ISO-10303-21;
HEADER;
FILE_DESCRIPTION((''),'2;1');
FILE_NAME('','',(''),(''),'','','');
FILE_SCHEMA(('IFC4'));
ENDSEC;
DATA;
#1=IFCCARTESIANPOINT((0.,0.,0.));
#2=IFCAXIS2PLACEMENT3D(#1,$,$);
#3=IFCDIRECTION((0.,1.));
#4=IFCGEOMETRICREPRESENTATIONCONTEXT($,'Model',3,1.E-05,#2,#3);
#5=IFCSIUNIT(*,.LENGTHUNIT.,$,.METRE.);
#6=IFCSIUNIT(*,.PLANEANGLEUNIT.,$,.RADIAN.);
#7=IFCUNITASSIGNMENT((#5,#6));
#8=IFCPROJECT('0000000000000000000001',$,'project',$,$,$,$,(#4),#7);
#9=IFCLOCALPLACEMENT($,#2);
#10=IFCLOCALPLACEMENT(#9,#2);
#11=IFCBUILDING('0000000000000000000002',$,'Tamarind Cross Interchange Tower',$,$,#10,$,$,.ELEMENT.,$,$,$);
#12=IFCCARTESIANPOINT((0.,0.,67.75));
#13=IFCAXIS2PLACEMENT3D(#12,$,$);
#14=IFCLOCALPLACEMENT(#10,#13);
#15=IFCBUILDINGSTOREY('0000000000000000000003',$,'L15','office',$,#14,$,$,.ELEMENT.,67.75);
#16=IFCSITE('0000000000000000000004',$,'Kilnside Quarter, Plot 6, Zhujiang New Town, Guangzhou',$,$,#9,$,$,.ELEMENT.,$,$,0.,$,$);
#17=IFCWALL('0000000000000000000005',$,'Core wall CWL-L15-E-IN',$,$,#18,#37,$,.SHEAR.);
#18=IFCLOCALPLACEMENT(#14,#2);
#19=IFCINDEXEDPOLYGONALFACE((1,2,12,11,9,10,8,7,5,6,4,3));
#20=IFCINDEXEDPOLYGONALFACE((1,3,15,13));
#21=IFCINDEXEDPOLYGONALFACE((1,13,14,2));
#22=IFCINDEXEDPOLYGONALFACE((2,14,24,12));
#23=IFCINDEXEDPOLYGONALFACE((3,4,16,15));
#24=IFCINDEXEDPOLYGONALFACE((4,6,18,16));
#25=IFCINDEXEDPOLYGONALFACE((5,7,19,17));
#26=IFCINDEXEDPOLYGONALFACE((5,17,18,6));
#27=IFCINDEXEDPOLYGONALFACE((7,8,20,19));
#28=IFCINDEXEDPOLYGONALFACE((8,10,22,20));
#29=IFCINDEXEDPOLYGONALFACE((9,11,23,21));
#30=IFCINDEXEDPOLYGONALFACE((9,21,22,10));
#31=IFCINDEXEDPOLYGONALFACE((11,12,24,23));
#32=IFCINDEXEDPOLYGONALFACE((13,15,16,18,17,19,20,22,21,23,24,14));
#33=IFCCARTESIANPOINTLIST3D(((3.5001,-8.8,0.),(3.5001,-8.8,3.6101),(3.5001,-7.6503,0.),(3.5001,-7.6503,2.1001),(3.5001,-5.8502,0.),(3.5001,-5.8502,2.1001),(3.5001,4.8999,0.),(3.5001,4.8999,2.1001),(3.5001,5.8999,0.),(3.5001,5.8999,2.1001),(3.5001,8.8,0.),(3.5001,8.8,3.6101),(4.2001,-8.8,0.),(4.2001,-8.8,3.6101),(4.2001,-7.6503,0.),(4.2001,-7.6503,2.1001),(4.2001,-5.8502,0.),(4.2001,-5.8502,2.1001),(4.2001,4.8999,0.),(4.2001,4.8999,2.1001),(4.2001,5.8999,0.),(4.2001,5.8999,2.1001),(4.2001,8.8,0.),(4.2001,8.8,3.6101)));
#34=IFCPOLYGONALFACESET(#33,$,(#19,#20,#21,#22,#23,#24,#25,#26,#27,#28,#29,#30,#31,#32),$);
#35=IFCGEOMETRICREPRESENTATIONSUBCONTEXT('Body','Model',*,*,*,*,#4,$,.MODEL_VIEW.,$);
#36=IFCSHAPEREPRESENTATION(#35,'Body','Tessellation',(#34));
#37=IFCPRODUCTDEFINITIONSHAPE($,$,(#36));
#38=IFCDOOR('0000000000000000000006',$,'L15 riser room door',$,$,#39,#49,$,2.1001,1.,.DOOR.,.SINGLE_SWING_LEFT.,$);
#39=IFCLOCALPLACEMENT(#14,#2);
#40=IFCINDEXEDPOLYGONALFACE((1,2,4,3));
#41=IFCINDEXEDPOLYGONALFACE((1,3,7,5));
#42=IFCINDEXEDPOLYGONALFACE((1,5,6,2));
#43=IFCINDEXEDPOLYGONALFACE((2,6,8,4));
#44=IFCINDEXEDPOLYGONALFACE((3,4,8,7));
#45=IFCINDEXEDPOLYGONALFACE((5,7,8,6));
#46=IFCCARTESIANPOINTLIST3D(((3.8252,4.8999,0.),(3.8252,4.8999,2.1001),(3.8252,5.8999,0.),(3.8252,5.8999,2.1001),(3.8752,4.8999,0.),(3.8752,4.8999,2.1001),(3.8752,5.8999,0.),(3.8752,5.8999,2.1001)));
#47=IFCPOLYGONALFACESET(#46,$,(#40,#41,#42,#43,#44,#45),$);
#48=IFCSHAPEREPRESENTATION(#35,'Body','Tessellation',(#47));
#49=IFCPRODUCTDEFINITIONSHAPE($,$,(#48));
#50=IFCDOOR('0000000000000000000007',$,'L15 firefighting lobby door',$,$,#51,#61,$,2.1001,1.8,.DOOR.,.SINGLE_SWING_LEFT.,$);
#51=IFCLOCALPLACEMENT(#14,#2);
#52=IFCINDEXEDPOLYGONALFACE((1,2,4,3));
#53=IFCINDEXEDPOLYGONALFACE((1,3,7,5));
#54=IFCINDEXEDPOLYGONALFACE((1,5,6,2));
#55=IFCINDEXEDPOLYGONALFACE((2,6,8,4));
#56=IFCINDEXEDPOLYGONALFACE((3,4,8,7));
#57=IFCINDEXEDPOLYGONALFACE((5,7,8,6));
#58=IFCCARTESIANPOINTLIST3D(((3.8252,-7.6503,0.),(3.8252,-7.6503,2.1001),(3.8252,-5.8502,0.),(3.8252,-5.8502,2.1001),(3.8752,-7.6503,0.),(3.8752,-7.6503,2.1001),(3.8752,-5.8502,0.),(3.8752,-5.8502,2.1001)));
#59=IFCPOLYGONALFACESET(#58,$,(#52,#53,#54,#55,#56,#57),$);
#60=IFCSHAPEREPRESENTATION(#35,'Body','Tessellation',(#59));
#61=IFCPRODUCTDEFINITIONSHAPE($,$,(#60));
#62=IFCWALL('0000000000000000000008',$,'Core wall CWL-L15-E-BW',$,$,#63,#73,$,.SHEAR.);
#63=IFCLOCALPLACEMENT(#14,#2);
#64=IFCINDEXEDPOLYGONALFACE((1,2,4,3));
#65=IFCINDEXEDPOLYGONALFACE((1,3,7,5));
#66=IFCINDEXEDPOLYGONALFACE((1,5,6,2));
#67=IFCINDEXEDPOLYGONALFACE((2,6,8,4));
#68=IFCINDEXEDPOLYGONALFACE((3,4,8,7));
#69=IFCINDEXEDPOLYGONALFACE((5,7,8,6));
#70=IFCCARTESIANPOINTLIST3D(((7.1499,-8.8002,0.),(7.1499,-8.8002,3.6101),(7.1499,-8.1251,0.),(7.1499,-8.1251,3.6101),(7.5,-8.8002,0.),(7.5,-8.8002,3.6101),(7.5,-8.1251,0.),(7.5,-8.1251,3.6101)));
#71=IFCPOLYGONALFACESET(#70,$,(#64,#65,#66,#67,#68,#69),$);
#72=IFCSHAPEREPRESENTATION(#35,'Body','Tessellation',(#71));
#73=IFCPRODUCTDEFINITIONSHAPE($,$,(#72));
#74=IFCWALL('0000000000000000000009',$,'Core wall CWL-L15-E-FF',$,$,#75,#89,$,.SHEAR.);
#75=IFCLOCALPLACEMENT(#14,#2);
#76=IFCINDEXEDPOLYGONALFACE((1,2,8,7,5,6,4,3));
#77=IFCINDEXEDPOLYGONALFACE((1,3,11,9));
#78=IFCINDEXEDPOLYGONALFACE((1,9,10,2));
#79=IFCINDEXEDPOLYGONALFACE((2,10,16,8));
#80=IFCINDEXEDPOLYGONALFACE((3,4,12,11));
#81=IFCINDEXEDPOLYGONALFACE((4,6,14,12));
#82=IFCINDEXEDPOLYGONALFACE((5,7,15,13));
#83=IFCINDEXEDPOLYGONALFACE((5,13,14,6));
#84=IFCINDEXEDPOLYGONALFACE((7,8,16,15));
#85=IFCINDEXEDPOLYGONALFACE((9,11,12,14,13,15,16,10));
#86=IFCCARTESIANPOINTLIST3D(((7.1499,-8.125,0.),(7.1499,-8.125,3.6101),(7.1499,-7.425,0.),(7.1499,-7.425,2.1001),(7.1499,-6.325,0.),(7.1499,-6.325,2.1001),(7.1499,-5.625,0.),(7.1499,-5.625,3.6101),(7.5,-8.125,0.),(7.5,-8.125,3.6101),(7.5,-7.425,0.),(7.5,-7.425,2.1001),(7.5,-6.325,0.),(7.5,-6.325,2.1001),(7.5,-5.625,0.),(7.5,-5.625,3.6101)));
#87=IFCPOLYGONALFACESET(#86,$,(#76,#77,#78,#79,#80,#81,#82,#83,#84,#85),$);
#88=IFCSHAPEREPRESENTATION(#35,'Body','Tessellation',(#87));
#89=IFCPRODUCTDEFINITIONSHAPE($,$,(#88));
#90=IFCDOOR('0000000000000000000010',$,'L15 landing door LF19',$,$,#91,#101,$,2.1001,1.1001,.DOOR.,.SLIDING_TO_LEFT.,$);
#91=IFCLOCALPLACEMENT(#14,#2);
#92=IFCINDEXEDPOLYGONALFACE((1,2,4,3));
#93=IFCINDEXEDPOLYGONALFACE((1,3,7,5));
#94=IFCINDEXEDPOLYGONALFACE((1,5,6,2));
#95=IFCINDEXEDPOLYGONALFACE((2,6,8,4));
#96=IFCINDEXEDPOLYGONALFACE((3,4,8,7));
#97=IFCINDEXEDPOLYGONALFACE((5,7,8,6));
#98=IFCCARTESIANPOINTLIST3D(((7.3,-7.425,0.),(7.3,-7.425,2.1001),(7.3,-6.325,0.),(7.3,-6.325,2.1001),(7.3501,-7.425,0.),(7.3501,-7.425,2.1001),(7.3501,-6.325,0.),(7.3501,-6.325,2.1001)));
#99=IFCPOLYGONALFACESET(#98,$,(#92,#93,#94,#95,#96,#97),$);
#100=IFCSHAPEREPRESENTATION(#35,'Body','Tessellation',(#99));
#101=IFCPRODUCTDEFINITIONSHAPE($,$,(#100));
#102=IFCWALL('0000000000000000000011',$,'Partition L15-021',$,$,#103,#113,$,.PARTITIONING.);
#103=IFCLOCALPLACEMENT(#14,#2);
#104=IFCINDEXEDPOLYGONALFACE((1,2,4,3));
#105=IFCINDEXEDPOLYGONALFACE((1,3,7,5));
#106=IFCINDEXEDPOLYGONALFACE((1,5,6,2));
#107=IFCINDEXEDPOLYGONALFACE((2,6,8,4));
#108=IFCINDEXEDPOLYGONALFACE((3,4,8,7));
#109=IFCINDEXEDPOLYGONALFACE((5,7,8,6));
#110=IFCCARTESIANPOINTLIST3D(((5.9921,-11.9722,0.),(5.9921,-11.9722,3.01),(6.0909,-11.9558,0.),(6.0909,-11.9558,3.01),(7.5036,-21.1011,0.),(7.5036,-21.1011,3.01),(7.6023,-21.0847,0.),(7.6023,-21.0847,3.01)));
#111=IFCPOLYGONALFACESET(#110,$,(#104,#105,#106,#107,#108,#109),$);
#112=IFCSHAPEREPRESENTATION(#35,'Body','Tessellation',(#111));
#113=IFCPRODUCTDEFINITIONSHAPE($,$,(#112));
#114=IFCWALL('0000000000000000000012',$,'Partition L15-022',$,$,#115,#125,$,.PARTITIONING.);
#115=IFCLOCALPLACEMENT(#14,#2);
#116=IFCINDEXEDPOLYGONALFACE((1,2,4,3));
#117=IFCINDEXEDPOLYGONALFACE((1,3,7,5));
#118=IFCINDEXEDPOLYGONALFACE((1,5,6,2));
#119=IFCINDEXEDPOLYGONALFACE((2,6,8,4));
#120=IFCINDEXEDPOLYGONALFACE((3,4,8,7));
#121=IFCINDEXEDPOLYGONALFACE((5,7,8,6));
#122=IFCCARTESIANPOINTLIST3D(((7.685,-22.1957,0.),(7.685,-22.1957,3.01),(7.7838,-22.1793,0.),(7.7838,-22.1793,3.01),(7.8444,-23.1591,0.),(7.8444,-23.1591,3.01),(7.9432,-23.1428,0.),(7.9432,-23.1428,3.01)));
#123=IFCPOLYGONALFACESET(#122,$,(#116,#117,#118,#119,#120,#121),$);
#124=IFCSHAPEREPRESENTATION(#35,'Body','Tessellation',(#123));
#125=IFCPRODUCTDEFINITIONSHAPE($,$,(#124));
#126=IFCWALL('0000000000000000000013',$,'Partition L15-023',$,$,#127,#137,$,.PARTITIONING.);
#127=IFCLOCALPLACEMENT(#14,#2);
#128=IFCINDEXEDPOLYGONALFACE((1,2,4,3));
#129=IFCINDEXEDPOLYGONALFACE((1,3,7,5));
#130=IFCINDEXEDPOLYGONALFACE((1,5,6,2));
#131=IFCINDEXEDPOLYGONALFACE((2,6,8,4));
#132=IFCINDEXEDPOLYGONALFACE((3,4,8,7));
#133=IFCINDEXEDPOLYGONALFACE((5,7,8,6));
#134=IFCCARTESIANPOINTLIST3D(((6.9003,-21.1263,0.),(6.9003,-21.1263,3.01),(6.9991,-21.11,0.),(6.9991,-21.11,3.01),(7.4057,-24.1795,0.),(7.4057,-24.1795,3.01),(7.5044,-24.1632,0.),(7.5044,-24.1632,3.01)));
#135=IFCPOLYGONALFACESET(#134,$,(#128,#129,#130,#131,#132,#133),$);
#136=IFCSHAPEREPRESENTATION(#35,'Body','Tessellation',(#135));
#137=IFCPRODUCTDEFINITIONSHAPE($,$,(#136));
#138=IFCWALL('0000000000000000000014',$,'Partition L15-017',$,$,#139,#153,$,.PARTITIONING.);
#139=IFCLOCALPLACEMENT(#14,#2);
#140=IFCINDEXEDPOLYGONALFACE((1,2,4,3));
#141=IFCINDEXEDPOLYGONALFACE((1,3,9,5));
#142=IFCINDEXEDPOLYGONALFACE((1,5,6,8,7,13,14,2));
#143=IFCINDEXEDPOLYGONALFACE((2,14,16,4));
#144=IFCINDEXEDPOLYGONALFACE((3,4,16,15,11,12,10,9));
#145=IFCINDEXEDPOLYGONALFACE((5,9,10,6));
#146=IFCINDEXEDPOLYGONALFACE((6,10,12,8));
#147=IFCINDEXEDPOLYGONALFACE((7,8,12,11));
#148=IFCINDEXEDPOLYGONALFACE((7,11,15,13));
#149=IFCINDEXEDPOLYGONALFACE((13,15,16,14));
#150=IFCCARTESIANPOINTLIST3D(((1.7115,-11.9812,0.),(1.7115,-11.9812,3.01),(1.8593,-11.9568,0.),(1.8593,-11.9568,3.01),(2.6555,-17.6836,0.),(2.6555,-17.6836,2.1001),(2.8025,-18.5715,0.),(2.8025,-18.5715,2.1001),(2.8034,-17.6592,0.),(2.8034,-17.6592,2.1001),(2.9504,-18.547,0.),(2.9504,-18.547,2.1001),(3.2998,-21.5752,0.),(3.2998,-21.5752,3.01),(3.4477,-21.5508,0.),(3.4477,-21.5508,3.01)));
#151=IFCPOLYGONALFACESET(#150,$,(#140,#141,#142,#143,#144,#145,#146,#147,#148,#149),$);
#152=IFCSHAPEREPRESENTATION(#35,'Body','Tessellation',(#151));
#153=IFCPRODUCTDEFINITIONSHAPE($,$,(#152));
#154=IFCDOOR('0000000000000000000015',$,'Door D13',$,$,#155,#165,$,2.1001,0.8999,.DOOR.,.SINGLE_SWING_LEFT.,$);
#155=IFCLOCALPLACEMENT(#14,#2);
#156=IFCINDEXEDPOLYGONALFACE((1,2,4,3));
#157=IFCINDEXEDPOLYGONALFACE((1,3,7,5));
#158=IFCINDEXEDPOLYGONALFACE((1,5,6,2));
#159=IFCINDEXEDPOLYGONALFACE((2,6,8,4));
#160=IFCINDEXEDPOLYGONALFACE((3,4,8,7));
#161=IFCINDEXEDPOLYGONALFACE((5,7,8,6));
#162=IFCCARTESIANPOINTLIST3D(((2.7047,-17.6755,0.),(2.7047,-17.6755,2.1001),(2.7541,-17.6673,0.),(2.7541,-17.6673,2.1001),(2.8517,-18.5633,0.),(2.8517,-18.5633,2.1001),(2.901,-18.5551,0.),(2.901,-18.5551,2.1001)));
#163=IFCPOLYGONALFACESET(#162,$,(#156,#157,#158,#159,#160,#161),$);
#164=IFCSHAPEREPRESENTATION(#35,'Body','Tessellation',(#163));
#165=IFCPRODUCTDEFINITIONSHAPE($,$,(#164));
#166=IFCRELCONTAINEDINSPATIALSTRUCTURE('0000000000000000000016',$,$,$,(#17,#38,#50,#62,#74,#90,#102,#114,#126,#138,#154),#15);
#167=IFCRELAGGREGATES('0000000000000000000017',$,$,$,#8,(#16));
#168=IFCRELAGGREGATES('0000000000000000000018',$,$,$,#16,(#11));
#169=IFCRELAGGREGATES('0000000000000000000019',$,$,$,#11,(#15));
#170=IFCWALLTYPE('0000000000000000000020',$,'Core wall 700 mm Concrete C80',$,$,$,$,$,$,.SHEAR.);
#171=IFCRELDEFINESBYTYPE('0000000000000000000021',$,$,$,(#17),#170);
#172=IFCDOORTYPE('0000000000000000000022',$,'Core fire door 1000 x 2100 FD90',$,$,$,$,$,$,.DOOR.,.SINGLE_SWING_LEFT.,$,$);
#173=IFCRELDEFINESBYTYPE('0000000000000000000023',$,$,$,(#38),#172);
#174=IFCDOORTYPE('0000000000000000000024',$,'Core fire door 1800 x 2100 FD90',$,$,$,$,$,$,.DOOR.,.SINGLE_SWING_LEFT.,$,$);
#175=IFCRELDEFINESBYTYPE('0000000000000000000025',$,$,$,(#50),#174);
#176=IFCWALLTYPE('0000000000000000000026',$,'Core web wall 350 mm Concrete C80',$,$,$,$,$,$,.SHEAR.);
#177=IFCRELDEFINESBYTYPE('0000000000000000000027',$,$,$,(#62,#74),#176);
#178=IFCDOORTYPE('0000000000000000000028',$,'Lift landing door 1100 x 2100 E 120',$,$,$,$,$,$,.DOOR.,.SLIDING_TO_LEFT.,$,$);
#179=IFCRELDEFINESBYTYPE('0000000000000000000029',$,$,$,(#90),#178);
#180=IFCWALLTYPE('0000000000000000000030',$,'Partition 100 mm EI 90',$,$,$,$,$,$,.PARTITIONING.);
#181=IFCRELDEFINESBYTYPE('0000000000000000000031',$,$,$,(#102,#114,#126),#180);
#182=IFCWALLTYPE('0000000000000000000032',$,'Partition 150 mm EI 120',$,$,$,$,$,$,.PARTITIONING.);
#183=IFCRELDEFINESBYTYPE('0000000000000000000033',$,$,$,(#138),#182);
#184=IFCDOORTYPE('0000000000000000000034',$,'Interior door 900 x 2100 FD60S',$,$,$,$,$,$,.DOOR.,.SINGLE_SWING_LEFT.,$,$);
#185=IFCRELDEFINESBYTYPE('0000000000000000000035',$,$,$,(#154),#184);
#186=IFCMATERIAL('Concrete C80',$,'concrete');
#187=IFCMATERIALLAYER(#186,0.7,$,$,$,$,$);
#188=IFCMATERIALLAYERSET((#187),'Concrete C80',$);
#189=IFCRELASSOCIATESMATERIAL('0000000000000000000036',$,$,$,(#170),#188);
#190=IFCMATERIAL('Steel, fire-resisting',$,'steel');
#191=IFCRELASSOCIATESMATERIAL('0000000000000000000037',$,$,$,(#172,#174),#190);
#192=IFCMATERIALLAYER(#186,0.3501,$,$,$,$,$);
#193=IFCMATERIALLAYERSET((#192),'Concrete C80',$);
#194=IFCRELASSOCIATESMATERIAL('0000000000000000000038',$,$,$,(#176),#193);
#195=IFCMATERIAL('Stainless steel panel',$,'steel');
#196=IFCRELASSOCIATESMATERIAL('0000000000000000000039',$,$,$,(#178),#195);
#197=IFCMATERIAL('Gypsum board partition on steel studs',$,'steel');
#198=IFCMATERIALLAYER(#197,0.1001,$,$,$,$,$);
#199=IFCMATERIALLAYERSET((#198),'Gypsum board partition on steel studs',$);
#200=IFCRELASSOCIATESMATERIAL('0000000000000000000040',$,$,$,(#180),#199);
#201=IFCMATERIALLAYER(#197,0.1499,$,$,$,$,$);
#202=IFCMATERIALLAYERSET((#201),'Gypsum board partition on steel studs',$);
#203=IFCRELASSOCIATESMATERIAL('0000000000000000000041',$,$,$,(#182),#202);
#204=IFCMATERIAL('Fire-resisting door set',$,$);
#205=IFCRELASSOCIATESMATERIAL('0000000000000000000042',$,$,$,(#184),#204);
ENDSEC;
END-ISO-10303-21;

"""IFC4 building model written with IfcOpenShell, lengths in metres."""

from ifc_helpers import new_model, si_unit, direction, frame, frame_2d, origin, place, context, subcontext, project, spatial, rectangle, extrude, material, layer, layer_set, type_object, element, fill, save


model = new_model("IFC4")

# Units and contexts
model_context = context("Model", 3, precision=1e-05, world=origin(), true_north=direction((0.0, 1.0)))
body_context = subcontext(model_context, "Body", "Model", "MODEL_VIEW")
ifc_project = project(units=[si_unit("LENGTHUNIT", "METRE"), si_unit("PLANEANGLEUNIT", "RADIAN")], contexts=[model_context])

# Site, building, storey
site_placement = place(None, origin())
site = spatial("IfcSite", under=ifc_project, at=site_placement, Name="Kilnside Quarter, Plot 6, Zhujiang New Town, Guangzhou", CompositionType="ELEMENT", RefElevation=0.0)
building_placement = place(site_placement, origin())
building = spatial("IfcBuilding", under=site, at=building_placement, Name="Tamarind Cross Interchange Tower", CompositionType="ELEMENT")
storey_placement = place(building_placement, frame((0.0, 0.0, 67.75)))
storey = spatial("IfcBuildingStorey", under=building, at=storey_placement, Name="L15", Description="office", CompositionType="ELEMENT", Elevation=67.75)

# Wall, openings, doors
ifc_material_1 = material(Name="Concrete C80", Category="concrete")
ifc_layer_1 = layer(ifc_material_1, 0.7)
ifc_layer_set_1 = layer_set([ifc_layer_1], Name="Concrete C80")
wall_type_1 = type_object("IfcWallType", Name="Core wall 700 mm Concrete C80", PredefinedType="SHEAR", material=ifc_layer_set_1)
wall_1_placement = place(storey_placement, frame((3.8501, -8.8, 0.0), z_axis=(0.0, 0.0, 1.0), x_axis=(0.0, 1.0, 0.0)))
wall_1 = element("IfcWall", 1, at=wall_1_placement, inside=storey, type_object=wall_type_1, Name="Core wall CWL-L15-E-IN", PredefinedType="SHEAR", context=body_context, shape_type="SweptSolid", body=[
    extrude(rectangle(XDim=17.6001, YDim=0.7, at=frame_2d((8.8, 0.0))), origin(), (0.0, 0.0, 1.0), 3.6101),
])
opening_1_placement = place(wall_1_placement, frame((1.1499, 0.0, 0.0)))
opening_1 = element("IfcOpeningElement", 2, at=opening_1_placement, cuts=wall_1, PredefinedType="OPENING", context=body_context, shape_type="SweptSolid", body=[
    extrude(rectangle(XDim=1.8, YDim=2.1001, at=frame_2d((0.8999, 1.05))), frame((0.0, 0.3599, 0.0), z_axis=(0.0, -1.0, 0.0), x_axis=(1.0, 0.0, 0.0)), (0.0, 0.0, 1.0), 0.72),
])
opening_2_placement = place(wall_1_placement, frame((13.7, 0.0, 0.0)))
opening_2 = element("IfcOpeningElement", 3, at=opening_2_placement, cuts=wall_1, PredefinedType="OPENING", context=body_context, shape_type="SweptSolid", body=[
    extrude(rectangle(XDim=1.0, YDim=2.1001, at=frame_2d((0.5, 1.05))), frame((0.0, 0.3599, 0.0), z_axis=(0.0, -1.0, 0.0), x_axis=(1.0, 0.0, 0.0)), (0.0, 0.0, 1.0), 0.72),
])
ifc_material_2 = material(Name="Steel, fire-resisting", Category="steel")
door_type_1 = type_object("IfcDoorType", Name="Core fire door 1000 x 2100 FD90", OperationType="SINGLE_SWING_LEFT", PredefinedType="DOOR", material=ifc_material_2)
door_1_placement = place(opening_2_placement, origin())
door_1 = element("IfcDoor", 4, at=door_1_placement, inside=storey, type_object=door_type_1, Name="L15 riser room door", OperationType="SINGLE_SWING_LEFT", OverallHeight=2.1001, OverallWidth=1.0, PredefinedType="DOOR", context=body_context, shape_type="SweptSolid", body=[
    extrude(rectangle(XDim=1.0, YDim=2.1001, at=frame_2d((0.5, 1.05))), frame((0.0, 0.0249, 0.0), z_axis=(0.0, -1.0, 0.0), x_axis=(1.0, 0.0, 0.0)), (0.0, 0.0, 1.0), 0.05),
])
fill(opening_2, door_1)
door_type_2 = type_object("IfcDoorType", Name="Core fire door 1800 x 2100 FD90", OperationType="SINGLE_SWING_LEFT", PredefinedType="DOOR", material=ifc_material_2)
door_2_placement = place(opening_1_placement, origin())
door_2 = element("IfcDoor", 5, at=door_2_placement, inside=storey, type_object=door_type_2, Name="L15 firefighting lobby door", OperationType="SINGLE_SWING_LEFT", OverallHeight=2.1001, OverallWidth=1.8, PredefinedType="DOOR", context=body_context, shape_type="SweptSolid", body=[
    extrude(rectangle(XDim=1.8, YDim=2.1001, at=frame_2d((0.8999, 1.05))), frame((0.0, 0.0249, 0.0), z_axis=(0.0, -1.0, 0.0), x_axis=(1.0, 0.0, 0.0)), (0.0, 0.0, 1.0), 0.05),
])
fill(opening_1, door_2)

# Wall
ifc_layer_2 = layer(ifc_material_1, 0.3501)
ifc_layer_set_2 = layer_set([ifc_layer_2], Name="Concrete C80")
wall_type_2 = type_object("IfcWallType", Name="Core web wall 350 mm Concrete C80", PredefinedType="SHEAR", material=ifc_layer_set_2)
wall_2_placement = place(storey_placement, frame((7.325, -8.8, 0.0), z_axis=(0.0, 0.0, 1.0), x_axis=(0.0, 1.0, 0.0)))
element("IfcWall", 6, at=wall_2_placement, inside=storey, type_object=wall_type_2, Name="Core wall CWL-L15-E-BW", PredefinedType="SHEAR", context=body_context, shape_type="SweptSolid", body=[
    extrude(rectangle(XDim=0.675, YDim=0.3501, at=frame_2d((0.3374, 0.0))), origin(), (0.0, 0.0, 1.0), 3.6101),
])

# Wall, opening, door
wall_3_placement = place(storey_placement, frame((7.325, -8.125, 0.0), z_axis=(0.0, 0.0, 1.0), x_axis=(0.0, 1.0, 0.0)))
wall_3 = element("IfcWall", 7, at=wall_3_placement, inside=storey, type_object=wall_type_2, Name="Core wall CWL-L15-E-FF", PredefinedType="SHEAR", context=body_context, shape_type="SweptSolid", body=[
    extrude(rectangle(XDim=2.5, YDim=0.3501, at=frame_2d((1.25, 0.0))), origin(), (0.0, 0.0, 1.0), 3.6101),
])
opening_3_placement = place(wall_3_placement, frame((0.7, 0.0, 0.0)))
opening_3 = element("IfcOpeningElement", 8, at=opening_3_placement, cuts=wall_3, PredefinedType="OPENING", context=body_context, shape_type="SweptSolid", body=[
    extrude(rectangle(XDim=1.1001, YDim=2.1001, at=frame_2d((0.55, 1.05))), frame((0.0, 0.1851, 0.0), z_axis=(0.0, -1.0, 0.0), x_axis=(1.0, 0.0, 0.0)), (0.0, 0.0, 1.0), 0.3701),
])
ifc_material_3 = material(Name="Stainless steel panel", Category="steel")
door_type_3 = type_object("IfcDoorType", Name="Lift landing door 1100 x 2100 E 120", OperationType="SLIDING_TO_LEFT", PredefinedType="DOOR", material=ifc_material_3)
door_3_placement = place(opening_3_placement, origin())
door_3 = element("IfcDoor", 9, at=door_3_placement, inside=storey, type_object=door_type_3, Name="L15 landing door LF19", OperationType="SLIDING_TO_LEFT", OverallHeight=2.1001, OverallWidth=1.1001, PredefinedType="DOOR", context=body_context, shape_type="SweptSolid", body=[
    extrude(rectangle(XDim=1.1001, YDim=2.1001, at=frame_2d((0.55, 1.05))), frame((0.0, 0.0249, 0.0), z_axis=(0.0, -1.0, 0.0), x_axis=(1.0, 0.0, 0.0)), (0.0, 0.0, 1.0), 0.05),
])
fill(opening_3, door_3)

# Walls
ifc_material_4 = material(Name="Gypsum board partition on steel studs", Category="steel")
ifc_layer_3 = layer(ifc_material_4, 0.1001)
ifc_layer_set_3 = layer_set([ifc_layer_3], Name="Gypsum board partition on steel studs")
wall_type_3 = type_object("IfcWallType", Name="Partition 100 mm EI 90", PredefinedType="PARTITIONING", material=ifc_layer_set_3)
wall_4_placement = place(storey_placement, frame((6.0415, -11.9641, 0.0), z_axis=(0.0, 0.0, 1.0), x_axis=(0.163346, -0.986569, 0.0)))
element("IfcWall", 10, at=wall_4_placement, inside=storey, type_object=wall_type_3, Name="Partition L15-021", PredefinedType="PARTITIONING", context=body_context, shape_type="SweptSolid", body=[
    extrude(rectangle(XDim=9.2532, YDim=0.1001, at=frame_2d((4.6265, 0.0))), origin(), (0.0, 0.0, 1.0), 3.01),
])
wall_5_placement = place(storey_placement, frame((7.7344, -22.1875, 0.0), z_axis=(0.0, 0.0, 1.0), x_axis=(0.163264, -0.986582, 0.0)))
element("IfcWall", 11, at=wall_5_placement, inside=storey, type_object=wall_type_3, Name="Partition L15-022", PredefinedType="PARTITIONING", context=body_context, shape_type="SweptSolid", body=[
    extrude(rectangle(XDim=0.9766, YDim=0.1001, at=frame_2d((0.4883, 0.0))), origin(), (0.0, 0.0, 1.0), 3.01),
])
wall_6_placement = place(storey_placement, frame((6.9497, -21.1182, 0.0), z_axis=(0.0, 0.0, 1.0), x_axis=(0.163299, -0.986577, 0.0)))
element("IfcWall", 12, at=wall_6_placement, inside=storey, type_object=wall_type_3, Name="Partition L15-023", PredefinedType="PARTITIONING", context=body_context, shape_type="SweptSolid", body=[
    extrude(rectangle(XDim=3.0947, YDim=0.1001, at=frame_2d((1.5474, 0.0))), origin(), (0.0, 0.0, 1.0), 3.01),
])

# Wall, opening, door
ifc_layer_4 = layer(ifc_material_4, 0.1499)
ifc_layer_set_4 = layer_set([ifc_layer_4], Name="Gypsum board partition on steel studs")
wall_type_4 = type_object("IfcWallType", Name="Partition 150 mm EI 120", PredefinedType="PARTITIONING", material=ifc_layer_set_4)
wall_7_placement = place(storey_placement, frame((1.7854, -11.969, 0.0), z_axis=(0.0, 0.0, 1.0), x_axis=(0.163336, -0.98657, 0.0)))
wall_7 = element("IfcWall", 13, at=wall_7_placement, inside=storey, type_object=wall_type_4, Name="Partition L15-017", PredefinedType="PARTITIONING", context=body_context, shape_type="SweptSolid", body=[
    extrude(rectangle(XDim=9.7246, YDim=0.1499, at=frame_2d((4.8623, 0.0))), origin(), (0.0, 0.0, 1.0), 3.01),
])
opening_4_placement = place(wall_7_placement, frame((5.78, 0.0, 0.0)))
opening_4 = element("IfcOpeningElement", 14, at=opening_4_placement, cuts=wall_7, PredefinedType="OPENING", context=body_context, shape_type="SweptSolid", body=[
    extrude(rectangle(XDim=0.8999, YDim=2.1001, at=frame_2d((0.45, 1.05))), frame((0.0, 0.085, 0.0), z_axis=(0.0, -1.0, 0.0), x_axis=(1.0, 0.0, 0.0)), (0.0, 0.0, 1.0), 0.1699),
])
ifc_material_5 = material(Name="Fire-resisting door set")
door_type_4 = type_object("IfcDoorType", Name="Interior door 900 x 2100 FD60S", OperationType="SINGLE_SWING_LEFT", PredefinedType="DOOR", material=ifc_material_5)
door_4_placement = place(opening_4_placement, origin())
door_4 = element("IfcDoor", 15, at=door_4_placement, inside=storey, type_object=door_type_4, Name="Door D13", OperationType="SINGLE_SWING_LEFT", OverallHeight=2.1001, OverallWidth=0.8999, PredefinedType="DOOR", context=body_context, shape_type="SweptSolid", body=[
    extrude(rectangle(XDim=0.8999, YDim=2.1001, at=frame_2d((0.45, 1.05))), frame((0.0, 0.0249, 0.0), z_axis=(0.0, -1.0, 0.0), x_axis=(1.0, 0.0, 0.0)), (0.0, 0.0, 1.0), 0.05),
])
fill(opening_4, door_4)

save(model, "model.ifc")
